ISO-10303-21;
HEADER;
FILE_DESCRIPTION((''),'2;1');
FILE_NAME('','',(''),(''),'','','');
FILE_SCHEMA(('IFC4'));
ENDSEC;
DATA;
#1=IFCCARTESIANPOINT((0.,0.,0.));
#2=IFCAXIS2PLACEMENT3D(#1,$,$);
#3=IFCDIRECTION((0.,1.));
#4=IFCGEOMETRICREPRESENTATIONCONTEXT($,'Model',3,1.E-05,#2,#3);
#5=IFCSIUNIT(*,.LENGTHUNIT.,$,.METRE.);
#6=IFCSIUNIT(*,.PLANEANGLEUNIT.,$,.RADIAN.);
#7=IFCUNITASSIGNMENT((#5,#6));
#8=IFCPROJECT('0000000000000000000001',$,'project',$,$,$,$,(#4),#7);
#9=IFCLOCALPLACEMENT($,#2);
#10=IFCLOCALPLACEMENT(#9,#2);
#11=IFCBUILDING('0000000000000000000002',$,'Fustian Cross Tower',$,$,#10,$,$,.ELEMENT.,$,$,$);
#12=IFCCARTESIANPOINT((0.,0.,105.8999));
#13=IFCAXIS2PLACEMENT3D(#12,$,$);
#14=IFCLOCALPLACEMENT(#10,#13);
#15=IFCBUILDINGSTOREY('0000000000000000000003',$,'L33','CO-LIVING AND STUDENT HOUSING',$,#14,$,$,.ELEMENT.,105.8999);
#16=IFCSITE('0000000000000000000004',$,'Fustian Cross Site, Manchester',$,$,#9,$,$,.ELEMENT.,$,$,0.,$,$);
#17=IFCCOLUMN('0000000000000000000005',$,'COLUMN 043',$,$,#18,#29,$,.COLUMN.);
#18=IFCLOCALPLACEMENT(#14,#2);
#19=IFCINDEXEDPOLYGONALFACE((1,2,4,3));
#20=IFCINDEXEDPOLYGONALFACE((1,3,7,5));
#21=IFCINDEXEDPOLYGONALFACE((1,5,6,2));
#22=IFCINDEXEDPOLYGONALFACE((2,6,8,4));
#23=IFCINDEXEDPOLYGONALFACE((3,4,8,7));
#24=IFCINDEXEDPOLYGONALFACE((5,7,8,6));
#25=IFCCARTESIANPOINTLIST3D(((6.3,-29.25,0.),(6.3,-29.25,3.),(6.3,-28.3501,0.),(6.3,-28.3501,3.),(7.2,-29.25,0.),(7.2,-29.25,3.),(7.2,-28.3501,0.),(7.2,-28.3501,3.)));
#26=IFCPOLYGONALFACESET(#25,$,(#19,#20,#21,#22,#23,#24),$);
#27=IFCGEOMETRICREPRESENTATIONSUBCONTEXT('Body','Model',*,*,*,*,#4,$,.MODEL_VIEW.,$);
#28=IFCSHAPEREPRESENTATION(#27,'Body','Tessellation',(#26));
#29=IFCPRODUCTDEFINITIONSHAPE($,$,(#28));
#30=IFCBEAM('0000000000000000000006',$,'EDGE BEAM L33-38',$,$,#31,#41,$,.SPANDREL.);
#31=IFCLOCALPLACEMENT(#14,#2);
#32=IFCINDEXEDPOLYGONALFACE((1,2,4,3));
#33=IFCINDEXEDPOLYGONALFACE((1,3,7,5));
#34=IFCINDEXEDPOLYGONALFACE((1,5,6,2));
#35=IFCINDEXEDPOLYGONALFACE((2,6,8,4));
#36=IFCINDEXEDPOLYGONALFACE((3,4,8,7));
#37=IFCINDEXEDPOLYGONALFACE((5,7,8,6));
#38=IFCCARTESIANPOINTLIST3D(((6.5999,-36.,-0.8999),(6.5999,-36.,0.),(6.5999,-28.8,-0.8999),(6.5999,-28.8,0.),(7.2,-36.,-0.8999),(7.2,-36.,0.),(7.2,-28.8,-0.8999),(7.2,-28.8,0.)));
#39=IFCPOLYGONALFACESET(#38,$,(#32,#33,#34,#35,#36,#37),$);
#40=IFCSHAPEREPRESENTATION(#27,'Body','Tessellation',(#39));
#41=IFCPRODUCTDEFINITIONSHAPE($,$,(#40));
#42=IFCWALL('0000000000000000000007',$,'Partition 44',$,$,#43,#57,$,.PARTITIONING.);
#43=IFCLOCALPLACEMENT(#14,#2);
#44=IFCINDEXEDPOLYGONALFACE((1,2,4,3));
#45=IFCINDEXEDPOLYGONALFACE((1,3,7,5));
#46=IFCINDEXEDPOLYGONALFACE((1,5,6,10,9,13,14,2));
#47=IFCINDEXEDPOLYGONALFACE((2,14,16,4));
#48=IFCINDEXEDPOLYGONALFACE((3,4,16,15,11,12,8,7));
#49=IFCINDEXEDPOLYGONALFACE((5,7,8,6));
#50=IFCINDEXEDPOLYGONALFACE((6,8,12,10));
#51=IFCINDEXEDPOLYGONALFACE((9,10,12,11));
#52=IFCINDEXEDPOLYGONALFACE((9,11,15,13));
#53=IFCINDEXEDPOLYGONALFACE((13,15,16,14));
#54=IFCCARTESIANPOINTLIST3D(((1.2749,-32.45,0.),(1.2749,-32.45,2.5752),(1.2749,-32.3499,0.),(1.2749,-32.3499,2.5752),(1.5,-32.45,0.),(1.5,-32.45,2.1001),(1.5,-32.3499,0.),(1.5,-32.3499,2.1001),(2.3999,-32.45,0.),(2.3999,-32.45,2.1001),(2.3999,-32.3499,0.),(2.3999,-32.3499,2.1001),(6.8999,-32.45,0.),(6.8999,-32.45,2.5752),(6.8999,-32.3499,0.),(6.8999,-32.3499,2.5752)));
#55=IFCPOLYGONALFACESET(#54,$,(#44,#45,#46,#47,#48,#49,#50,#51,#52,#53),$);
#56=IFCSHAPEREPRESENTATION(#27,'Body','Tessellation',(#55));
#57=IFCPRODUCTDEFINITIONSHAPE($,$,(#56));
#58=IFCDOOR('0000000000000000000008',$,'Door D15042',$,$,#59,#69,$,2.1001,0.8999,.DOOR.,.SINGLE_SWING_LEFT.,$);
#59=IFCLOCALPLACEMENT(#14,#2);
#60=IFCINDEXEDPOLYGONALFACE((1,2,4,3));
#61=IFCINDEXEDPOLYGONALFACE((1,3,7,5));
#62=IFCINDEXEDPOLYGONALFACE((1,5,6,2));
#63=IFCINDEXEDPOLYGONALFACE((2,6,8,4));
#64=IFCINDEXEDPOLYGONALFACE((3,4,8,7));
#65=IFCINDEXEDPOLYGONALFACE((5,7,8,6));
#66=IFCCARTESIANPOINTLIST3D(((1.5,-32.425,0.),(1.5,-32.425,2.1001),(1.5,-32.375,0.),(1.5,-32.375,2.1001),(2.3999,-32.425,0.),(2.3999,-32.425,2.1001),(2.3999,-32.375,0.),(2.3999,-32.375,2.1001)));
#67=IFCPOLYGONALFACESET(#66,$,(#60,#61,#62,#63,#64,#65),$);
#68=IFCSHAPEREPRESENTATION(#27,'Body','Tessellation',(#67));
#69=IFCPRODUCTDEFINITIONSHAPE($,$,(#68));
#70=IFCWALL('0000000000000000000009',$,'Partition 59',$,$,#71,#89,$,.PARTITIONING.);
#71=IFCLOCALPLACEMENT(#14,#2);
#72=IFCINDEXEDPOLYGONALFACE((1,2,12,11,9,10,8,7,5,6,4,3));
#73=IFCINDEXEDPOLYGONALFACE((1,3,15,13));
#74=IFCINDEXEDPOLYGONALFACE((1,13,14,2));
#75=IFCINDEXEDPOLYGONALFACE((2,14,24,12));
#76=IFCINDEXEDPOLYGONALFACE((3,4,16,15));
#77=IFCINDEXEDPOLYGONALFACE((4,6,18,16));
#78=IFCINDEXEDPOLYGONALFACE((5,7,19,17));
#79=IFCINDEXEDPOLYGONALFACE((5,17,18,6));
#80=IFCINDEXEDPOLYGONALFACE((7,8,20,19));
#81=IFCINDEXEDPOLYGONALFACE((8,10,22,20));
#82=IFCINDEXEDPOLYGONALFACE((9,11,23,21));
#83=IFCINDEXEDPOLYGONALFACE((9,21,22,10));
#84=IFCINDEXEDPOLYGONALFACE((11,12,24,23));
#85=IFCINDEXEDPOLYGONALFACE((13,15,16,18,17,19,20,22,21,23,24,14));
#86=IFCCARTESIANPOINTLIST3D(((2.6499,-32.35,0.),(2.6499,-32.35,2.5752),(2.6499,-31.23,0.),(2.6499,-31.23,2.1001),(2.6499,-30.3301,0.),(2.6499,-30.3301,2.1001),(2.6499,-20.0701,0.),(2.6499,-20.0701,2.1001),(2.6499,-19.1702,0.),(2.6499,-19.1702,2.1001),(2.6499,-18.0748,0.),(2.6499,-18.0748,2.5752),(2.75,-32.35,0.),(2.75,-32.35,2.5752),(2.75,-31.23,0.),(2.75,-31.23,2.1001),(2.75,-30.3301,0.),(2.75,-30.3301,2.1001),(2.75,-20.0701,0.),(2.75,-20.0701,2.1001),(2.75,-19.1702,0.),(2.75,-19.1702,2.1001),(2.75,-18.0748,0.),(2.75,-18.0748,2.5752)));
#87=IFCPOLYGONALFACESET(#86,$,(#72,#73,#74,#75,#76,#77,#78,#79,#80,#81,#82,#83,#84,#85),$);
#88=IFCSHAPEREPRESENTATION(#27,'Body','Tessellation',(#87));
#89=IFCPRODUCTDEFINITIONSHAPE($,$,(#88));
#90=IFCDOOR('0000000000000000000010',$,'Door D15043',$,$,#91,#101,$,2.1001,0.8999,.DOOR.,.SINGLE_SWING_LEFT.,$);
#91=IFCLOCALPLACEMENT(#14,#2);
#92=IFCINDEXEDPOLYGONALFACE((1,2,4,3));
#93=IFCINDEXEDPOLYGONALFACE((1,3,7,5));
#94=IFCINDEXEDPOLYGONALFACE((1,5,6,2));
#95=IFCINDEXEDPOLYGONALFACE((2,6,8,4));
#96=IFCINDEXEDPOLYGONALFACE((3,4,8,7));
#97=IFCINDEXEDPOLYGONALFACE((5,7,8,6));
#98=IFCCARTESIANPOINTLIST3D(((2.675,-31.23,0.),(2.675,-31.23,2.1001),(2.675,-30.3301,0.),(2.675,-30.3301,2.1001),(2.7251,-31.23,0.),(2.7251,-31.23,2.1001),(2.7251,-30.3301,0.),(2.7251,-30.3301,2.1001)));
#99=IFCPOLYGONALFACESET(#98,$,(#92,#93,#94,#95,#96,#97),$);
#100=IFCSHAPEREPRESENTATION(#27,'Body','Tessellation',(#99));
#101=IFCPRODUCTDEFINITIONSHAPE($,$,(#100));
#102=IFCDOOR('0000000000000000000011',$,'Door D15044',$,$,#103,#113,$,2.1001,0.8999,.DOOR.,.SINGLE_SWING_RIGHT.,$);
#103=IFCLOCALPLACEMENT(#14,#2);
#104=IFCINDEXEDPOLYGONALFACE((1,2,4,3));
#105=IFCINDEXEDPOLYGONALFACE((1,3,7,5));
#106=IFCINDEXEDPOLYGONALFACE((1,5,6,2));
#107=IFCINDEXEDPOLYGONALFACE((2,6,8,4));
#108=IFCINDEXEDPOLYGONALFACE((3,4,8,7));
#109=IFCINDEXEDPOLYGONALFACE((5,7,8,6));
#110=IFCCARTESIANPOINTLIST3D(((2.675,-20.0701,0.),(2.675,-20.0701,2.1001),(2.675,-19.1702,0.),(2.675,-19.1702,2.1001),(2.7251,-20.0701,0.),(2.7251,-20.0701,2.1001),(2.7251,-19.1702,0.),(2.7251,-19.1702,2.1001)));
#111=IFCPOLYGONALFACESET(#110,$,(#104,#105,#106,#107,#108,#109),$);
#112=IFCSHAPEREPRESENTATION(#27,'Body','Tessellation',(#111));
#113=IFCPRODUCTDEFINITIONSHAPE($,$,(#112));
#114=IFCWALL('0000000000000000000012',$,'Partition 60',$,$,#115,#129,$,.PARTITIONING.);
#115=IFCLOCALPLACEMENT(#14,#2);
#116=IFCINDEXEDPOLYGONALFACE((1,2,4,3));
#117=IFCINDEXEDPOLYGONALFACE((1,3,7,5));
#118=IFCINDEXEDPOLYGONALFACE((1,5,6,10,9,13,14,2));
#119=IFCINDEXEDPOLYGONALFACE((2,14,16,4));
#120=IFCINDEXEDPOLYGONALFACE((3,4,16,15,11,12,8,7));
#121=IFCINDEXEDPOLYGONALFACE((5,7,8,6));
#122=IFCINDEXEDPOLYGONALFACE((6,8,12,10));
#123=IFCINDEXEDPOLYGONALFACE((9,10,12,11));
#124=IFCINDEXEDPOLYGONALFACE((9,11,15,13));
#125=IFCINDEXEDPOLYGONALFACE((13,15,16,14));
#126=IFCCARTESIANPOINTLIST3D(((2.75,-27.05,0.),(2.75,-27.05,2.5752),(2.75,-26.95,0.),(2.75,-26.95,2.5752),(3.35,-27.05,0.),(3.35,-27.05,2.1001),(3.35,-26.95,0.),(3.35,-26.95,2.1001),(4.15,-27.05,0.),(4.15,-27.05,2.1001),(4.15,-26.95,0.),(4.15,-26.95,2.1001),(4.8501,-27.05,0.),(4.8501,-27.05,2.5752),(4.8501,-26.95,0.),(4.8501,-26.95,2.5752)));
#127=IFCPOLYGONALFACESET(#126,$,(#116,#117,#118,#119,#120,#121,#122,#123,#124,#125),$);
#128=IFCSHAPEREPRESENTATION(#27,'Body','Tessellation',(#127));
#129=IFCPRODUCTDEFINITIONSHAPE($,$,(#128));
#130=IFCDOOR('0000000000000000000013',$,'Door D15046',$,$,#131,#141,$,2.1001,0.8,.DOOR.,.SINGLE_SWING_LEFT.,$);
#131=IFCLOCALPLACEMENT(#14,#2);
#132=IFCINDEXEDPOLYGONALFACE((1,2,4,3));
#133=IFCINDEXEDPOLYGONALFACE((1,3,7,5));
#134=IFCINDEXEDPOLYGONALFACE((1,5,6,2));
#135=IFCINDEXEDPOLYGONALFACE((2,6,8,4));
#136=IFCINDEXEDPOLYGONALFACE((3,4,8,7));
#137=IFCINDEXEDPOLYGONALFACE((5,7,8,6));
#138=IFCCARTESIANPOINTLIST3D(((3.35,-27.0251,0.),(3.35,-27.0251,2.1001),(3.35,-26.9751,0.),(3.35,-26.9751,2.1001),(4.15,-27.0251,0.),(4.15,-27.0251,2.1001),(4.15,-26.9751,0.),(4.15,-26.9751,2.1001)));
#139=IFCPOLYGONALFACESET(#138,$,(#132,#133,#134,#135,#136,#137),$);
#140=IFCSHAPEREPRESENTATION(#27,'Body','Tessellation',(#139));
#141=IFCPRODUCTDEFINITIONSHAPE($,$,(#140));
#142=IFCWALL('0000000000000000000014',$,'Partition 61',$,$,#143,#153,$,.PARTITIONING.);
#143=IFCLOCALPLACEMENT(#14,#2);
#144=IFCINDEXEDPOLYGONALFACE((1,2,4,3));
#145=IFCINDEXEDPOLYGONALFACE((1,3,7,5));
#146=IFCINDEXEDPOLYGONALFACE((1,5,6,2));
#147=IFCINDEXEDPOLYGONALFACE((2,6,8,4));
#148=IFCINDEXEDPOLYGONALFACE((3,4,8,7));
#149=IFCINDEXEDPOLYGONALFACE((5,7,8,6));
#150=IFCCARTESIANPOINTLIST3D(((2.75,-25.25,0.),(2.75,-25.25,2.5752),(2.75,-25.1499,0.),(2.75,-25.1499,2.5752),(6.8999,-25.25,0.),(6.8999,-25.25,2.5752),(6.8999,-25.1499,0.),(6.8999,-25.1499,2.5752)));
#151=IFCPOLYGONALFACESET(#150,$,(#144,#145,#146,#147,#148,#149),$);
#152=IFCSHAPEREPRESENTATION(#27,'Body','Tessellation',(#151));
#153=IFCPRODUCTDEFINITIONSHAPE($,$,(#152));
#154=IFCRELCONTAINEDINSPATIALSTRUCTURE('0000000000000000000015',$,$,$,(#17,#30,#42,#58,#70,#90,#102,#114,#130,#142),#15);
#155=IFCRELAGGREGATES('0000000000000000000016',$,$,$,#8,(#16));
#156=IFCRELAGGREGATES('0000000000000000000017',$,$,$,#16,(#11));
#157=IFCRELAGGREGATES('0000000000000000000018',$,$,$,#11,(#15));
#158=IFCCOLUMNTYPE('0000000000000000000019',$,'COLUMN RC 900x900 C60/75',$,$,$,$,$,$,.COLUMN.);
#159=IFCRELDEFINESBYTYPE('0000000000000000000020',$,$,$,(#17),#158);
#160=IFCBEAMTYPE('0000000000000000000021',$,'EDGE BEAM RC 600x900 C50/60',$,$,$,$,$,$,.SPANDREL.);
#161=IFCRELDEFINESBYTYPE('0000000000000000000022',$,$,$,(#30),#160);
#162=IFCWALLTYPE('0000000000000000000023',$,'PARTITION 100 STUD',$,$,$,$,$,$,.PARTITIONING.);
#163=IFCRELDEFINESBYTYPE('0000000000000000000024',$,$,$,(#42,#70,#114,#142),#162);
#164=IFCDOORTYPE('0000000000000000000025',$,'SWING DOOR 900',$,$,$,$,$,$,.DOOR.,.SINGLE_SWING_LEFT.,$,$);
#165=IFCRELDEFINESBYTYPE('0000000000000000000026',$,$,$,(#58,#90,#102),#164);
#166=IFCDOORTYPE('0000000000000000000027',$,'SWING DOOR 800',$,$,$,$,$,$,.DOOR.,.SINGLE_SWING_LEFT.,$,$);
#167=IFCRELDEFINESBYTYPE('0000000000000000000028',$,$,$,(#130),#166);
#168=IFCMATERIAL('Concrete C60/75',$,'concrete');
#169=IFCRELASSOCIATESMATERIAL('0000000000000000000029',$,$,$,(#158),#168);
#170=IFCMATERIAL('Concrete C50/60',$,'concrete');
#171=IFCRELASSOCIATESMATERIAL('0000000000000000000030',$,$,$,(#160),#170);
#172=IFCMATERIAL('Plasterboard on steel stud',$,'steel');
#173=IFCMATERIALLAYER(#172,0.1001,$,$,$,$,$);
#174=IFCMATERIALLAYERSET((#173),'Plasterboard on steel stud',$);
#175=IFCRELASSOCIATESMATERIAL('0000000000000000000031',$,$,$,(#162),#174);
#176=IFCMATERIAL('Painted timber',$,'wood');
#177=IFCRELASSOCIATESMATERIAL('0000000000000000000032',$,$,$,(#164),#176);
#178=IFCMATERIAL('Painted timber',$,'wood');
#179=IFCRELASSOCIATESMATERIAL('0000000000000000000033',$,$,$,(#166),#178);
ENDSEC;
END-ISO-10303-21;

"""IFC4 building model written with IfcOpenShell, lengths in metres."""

from ifc_helpers import new_model, si_unit, direction, frame, frame_2d, origin, origin_2d, place, context, subcontext, project, spatial, rectangle, extrude, material, layer, layer_set, material_profile, profile_set, type_object, element, fill, save


model = new_model("IFC4")

# Units and contexts
model_context = context("Model", 3, precision=1e-05, world=origin(), true_north=direction((0.0, 1.0)))
body_context = subcontext(model_context, "Body", "Model", "MODEL_VIEW")
ifc_project = project(units=[si_unit("LENGTHUNIT", "METRE"), si_unit("PLANEANGLEUNIT", "RADIAN")], contexts=[model_context])

# Site, building, storey
site_placement = place(None, origin())
site = spatial("IfcSite", under=ifc_project, at=site_placement, Name="Fustian Cross Site, Manchester", CompositionType="ELEMENT", RefElevation=0.0)
building_placement = place(site_placement, origin())
building = spatial("IfcBuilding", under=site, at=building_placement, Name="Fustian Cross Tower", CompositionType="ELEMENT")
storey_placement = place(building_placement, frame((0.0, 0.0, 105.8999)))
storey = spatial("IfcBuildingStorey", under=building, at=storey_placement, Name="L33", Description="CO-LIVING AND STUDENT HOUSING", CompositionType="ELEMENT", Elevation=105.8999)

# Column
ifc_material_1 = material(Name="Concrete C60/75", Category="concrete")
ifc_material_profile_1 = material_profile(ifc_material_1, rectangle(XDim=0.8999, YDim=0.8999, at=origin_2d()), Name="RC 900x900")
ifc_profile_set_1 = profile_set([ifc_material_profile_1], Name="Concrete C60/75")
column_type = type_object("IfcColumnType", Name="COLUMN RC 900x900 C60/75", PredefinedType="COLUMN", material=ifc_profile_set_1)
column_placement = place(storey_placement, frame((6.75, -28.8, 0.0), z_axis=(0.0, 0.0, 1.0), x_axis=(1.0, 0.0, 0.0)))
element("IfcColumn", 1, at=column_placement, inside=storey, type_object=column_type, Name="COLUMN 043", PredefinedType="COLUMN", context=body_context, shape_type="SweptSolid", body=[
    extrude(rectangle(XDim=0.8999, YDim=0.8999, at=origin_2d()), origin(), (0.0, 0.0, 1.0), 3.0),
])

# Beam
ifc_material_2 = material(Name="Concrete C50/60", Category="concrete")
ifc_material_profile_2 = material_profile(ifc_material_2, rectangle(XDim=0.6001, YDim=0.8999, at=origin_2d()), Name="RC 600x900")
ifc_profile_set_2 = profile_set([ifc_material_profile_2], Name="Concrete C50/60")
beam_type = type_object("IfcBeamType", Name="EDGE BEAM RC 600x900 C50/60", PredefinedType="SPANDREL", material=ifc_profile_set_2)
beam_placement = place(storey_placement, frame((6.8999, -36.0, -0.45), z_axis=(0.0, 1.0, 0.0), x_axis=(-1.0, 0.0, 0.0)))
element("IfcBeam", 2, at=beam_placement, inside=storey, type_object=beam_type, Name="EDGE BEAM L33-38", PredefinedType="SPANDREL", context=body_context, shape_type="SweptSolid", body=[
    extrude(rectangle(XDim=0.6001, YDim=0.8999, at=origin_2d()), origin(), (0.0, 0.0, 1.0), 7.2),
])

# Wall, opening, door
ifc_material_3 = material(Name="Plasterboard on steel stud", Category="steel")
ifc_layer = layer(ifc_material_3, 0.1001)
ifc_layer_set = layer_set([ifc_layer], Name="Plasterboard on steel stud")
wall_type = type_object("IfcWallType", Name="PARTITION 100 STUD", PredefinedType="PARTITIONING", material=ifc_layer_set)
wall_1_placement = place(storey_placement, frame((1.2749, -32.3999, 0.0), z_axis=(0.0, 0.0, 1.0), x_axis=(1.0, 0.0, 0.0)))
wall_1 = element("IfcWall", 3, at=wall_1_placement, inside=storey, type_object=wall_type, Name="Partition 44", PredefinedType="PARTITIONING", context=body_context, shape_type="SweptSolid", body=[
    extrude(rectangle(XDim=5.625, YDim=0.1001, at=frame_2d((2.8125, 0.0))), origin(), (0.0, 0.0, 1.0), 2.5752),
])
opening_1_placement = place(wall_1_placement, frame((0.2251, 0.0, 0.0)))
opening_1 = element("IfcOpeningElement", 4, at=opening_1_placement, cuts=wall_1, PredefinedType="OPENING", context=body_context, shape_type="SweptSolid", body=[
    extrude(rectangle(XDim=0.8999, YDim=2.1001, at=frame_2d((0.45, 1.05))), frame((0.0, 0.0601, 0.0), z_axis=(0.0, -1.0, 0.0), x_axis=(1.0, 0.0, 0.0)), (0.0, 0.0, 1.0), 0.1201),
])
ifc_material_4 = material(Name="Painted timber", Category="wood")
door_type_1 = type_object("IfcDoorType", Name="SWING DOOR 900", OperationType="SINGLE_SWING_LEFT", PredefinedType="DOOR", material=ifc_material_4)
door_1_placement = place(opening_1_placement, origin())
door_1 = element("IfcDoor", 5, at=door_1_placement, inside=storey, type_object=door_type_1, Name="Door D15042", OperationType="SINGLE_SWING_LEFT", OverallHeight=2.1001, OverallWidth=0.8999, PredefinedType="DOOR", context=body_context, shape_type="SweptSolid", body=[
    extrude(rectangle(XDim=0.8999, YDim=2.1001, at=frame_2d((0.45, 1.05))), frame((0.0, 0.0249, 0.0), z_axis=(0.0, -1.0, 0.0), x_axis=(1.0, 0.0, 0.0)), (0.0, 0.0, 1.0), 0.05),
])
fill(opening_1, door_1)

# Wall, openings, doors
wall_2_placement = place(storey_placement, frame((2.7, -32.3501, 0.0), z_axis=(0.0, 0.0, 1.0), x_axis=(0.0, 1.0, 0.0)))
wall_2 = element("IfcWall", 6, at=wall_2_placement, inside=storey, type_object=wall_type, Name="Partition 59", PredefinedType="PARTITIONING", context=body_context, shape_type="SweptSolid", body=[
    extrude(rectangle(XDim=14.2751, YDim=0.1001, at=frame_2d((7.1377, 0.0))), origin(), (0.0, 0.0, 1.0), 2.5752),
])
opening_2_placement = place(wall_2_placement, frame((1.1201, 0.0, 0.0)))
opening_2 = element("IfcOpeningElement", 7, at=opening_2_placement, cuts=wall_2, PredefinedType="OPENING", context=body_context, shape_type="SweptSolid", body=[
    extrude(rectangle(XDim=0.8999, YDim=2.1001, at=frame_2d((0.45, 1.05))), frame((0.0, 0.0601, 0.0), z_axis=(0.0, -1.0, 0.0), x_axis=(1.0, 0.0, 0.0)), (0.0, 0.0, 1.0), 0.1201),
])
opening_3_placement = place(wall_2_placement, frame((12.28, 0.0, 0.0)))
opening_3 = element("IfcOpeningElement", 8, at=opening_3_placement, cuts=wall_2, PredefinedType="OPENING", context=body_context, shape_type="SweptSolid", body=[
    extrude(rectangle(XDim=0.8999, YDim=2.1001, at=frame_2d((0.45, 1.05))), frame((0.0, 0.0601, 0.0), z_axis=(0.0, -1.0, 0.0), x_axis=(1.0, 0.0, 0.0)), (0.0, 0.0, 1.0), 0.1201),
])
door_2_placement = place(opening_2_placement, origin())
door_2 = element("IfcDoor", 9, at=door_2_placement, inside=storey, type_object=door_type_1, Name="Door D15043", OperationType="SINGLE_SWING_LEFT", OverallHeight=2.1001, OverallWidth=0.8999, PredefinedType="DOOR", context=body_context, shape_type="SweptSolid", body=[
    extrude(rectangle(XDim=0.8999, YDim=2.1001, at=frame_2d((0.45, 1.05))), frame((0.0, 0.0249, 0.0), z_axis=(0.0, -1.0, 0.0), x_axis=(1.0, 0.0, 0.0)), (0.0, 0.0, 1.0), 0.05),
])
fill(opening_2, door_2)
door_3_placement = place(opening_3_placement, origin())
door_3 = element("IfcDoor", 10, at=door_3_placement, inside=storey, type_object=door_type_1, Name="Door D15044", OperationType="SINGLE_SWING_RIGHT", OverallHeight=2.1001, OverallWidth=0.8999, PredefinedType="DOOR", context=body_context, shape_type="SweptSolid", body=[
    extrude(rectangle(XDim=0.8999, YDim=2.1001, at=frame_2d((0.45, 1.05))), frame((0.0, 0.0249, 0.0), z_axis=(0.0, -1.0, 0.0), x_axis=(1.0, 0.0, 0.0)), (0.0, 0.0, 1.0), 0.05),
])
fill(opening_3, door_3)

# Wall, opening, door
wall_3_placement = place(storey_placement, frame((2.75, -27.0, 0.0), z_axis=(0.0, 0.0, 1.0), x_axis=(1.0, 0.0, 0.0)))
wall_3 = element("IfcWall", 11, at=wall_3_placement, inside=storey, type_object=wall_type, Name="Partition 60", PredefinedType="PARTITIONING", context=body_context, shape_type="SweptSolid", body=[
    extrude(rectangle(XDim=2.1001, YDim=0.1001, at=frame_2d((1.05, 0.0))), origin(), (0.0, 0.0, 1.0), 2.5752),
])
opening_4_placement = place(wall_3_placement, frame((0.6001, 0.0, 0.0)))
opening_4 = element("IfcOpeningElement", 12, at=opening_4_placement, cuts=wall_3, PredefinedType="OPENING", context=body_context, shape_type="SweptSolid", body=[
    extrude(rectangle(XDim=0.8, YDim=2.1001, at=frame_2d((0.3999, 1.05))), frame((0.0, 0.0601, 0.0), z_axis=(0.0, -1.0, 0.0), x_axis=(1.0, 0.0, 0.0)), (0.0, 0.0, 1.0), 0.1201),
])
ifc_material_5 = material(Name="Painted timber", Category="wood")
door_type_2 = type_object("IfcDoorType", Name="SWING DOOR 800", OperationType="SINGLE_SWING_LEFT", PredefinedType="DOOR", material=ifc_material_5)
door_4_placement = place(opening_4_placement, origin())
door_4 = element("IfcDoor", 13, at=door_4_placement, inside=storey, type_object=door_type_2, Name="Door D15046", OperationType="SINGLE_SWING_LEFT", OverallHeight=2.1001, OverallWidth=0.8, PredefinedType="DOOR", context=body_context, shape_type="SweptSolid", body=[
    extrude(rectangle(XDim=0.8, YDim=2.1001, at=frame_2d((0.3999, 1.05))), frame((0.0, 0.0249, 0.0), z_axis=(0.0, -1.0, 0.0), x_axis=(1.0, 0.0, 0.0)), (0.0, 0.0, 1.0), 0.05),
])
fill(opening_4, door_4)

# Wall
wall_4_placement = place(storey_placement, frame((2.75, -25.2, 0.0), z_axis=(0.0, 0.0, 1.0), x_axis=(1.0, 0.0, 0.0)))
element("IfcWall", 14, at=wall_4_placement, inside=storey, type_object=wall_type, Name="Partition 61", PredefinedType="PARTITIONING", context=body_context, shape_type="SweptSolid", body=[
    extrude(rectangle(XDim=4.1499, YDim=0.1001, at=frame_2d((2.075, 0.0))), origin(), (0.0, 0.0, 1.0), 2.5752),
])

save(model, "model.ifc")
